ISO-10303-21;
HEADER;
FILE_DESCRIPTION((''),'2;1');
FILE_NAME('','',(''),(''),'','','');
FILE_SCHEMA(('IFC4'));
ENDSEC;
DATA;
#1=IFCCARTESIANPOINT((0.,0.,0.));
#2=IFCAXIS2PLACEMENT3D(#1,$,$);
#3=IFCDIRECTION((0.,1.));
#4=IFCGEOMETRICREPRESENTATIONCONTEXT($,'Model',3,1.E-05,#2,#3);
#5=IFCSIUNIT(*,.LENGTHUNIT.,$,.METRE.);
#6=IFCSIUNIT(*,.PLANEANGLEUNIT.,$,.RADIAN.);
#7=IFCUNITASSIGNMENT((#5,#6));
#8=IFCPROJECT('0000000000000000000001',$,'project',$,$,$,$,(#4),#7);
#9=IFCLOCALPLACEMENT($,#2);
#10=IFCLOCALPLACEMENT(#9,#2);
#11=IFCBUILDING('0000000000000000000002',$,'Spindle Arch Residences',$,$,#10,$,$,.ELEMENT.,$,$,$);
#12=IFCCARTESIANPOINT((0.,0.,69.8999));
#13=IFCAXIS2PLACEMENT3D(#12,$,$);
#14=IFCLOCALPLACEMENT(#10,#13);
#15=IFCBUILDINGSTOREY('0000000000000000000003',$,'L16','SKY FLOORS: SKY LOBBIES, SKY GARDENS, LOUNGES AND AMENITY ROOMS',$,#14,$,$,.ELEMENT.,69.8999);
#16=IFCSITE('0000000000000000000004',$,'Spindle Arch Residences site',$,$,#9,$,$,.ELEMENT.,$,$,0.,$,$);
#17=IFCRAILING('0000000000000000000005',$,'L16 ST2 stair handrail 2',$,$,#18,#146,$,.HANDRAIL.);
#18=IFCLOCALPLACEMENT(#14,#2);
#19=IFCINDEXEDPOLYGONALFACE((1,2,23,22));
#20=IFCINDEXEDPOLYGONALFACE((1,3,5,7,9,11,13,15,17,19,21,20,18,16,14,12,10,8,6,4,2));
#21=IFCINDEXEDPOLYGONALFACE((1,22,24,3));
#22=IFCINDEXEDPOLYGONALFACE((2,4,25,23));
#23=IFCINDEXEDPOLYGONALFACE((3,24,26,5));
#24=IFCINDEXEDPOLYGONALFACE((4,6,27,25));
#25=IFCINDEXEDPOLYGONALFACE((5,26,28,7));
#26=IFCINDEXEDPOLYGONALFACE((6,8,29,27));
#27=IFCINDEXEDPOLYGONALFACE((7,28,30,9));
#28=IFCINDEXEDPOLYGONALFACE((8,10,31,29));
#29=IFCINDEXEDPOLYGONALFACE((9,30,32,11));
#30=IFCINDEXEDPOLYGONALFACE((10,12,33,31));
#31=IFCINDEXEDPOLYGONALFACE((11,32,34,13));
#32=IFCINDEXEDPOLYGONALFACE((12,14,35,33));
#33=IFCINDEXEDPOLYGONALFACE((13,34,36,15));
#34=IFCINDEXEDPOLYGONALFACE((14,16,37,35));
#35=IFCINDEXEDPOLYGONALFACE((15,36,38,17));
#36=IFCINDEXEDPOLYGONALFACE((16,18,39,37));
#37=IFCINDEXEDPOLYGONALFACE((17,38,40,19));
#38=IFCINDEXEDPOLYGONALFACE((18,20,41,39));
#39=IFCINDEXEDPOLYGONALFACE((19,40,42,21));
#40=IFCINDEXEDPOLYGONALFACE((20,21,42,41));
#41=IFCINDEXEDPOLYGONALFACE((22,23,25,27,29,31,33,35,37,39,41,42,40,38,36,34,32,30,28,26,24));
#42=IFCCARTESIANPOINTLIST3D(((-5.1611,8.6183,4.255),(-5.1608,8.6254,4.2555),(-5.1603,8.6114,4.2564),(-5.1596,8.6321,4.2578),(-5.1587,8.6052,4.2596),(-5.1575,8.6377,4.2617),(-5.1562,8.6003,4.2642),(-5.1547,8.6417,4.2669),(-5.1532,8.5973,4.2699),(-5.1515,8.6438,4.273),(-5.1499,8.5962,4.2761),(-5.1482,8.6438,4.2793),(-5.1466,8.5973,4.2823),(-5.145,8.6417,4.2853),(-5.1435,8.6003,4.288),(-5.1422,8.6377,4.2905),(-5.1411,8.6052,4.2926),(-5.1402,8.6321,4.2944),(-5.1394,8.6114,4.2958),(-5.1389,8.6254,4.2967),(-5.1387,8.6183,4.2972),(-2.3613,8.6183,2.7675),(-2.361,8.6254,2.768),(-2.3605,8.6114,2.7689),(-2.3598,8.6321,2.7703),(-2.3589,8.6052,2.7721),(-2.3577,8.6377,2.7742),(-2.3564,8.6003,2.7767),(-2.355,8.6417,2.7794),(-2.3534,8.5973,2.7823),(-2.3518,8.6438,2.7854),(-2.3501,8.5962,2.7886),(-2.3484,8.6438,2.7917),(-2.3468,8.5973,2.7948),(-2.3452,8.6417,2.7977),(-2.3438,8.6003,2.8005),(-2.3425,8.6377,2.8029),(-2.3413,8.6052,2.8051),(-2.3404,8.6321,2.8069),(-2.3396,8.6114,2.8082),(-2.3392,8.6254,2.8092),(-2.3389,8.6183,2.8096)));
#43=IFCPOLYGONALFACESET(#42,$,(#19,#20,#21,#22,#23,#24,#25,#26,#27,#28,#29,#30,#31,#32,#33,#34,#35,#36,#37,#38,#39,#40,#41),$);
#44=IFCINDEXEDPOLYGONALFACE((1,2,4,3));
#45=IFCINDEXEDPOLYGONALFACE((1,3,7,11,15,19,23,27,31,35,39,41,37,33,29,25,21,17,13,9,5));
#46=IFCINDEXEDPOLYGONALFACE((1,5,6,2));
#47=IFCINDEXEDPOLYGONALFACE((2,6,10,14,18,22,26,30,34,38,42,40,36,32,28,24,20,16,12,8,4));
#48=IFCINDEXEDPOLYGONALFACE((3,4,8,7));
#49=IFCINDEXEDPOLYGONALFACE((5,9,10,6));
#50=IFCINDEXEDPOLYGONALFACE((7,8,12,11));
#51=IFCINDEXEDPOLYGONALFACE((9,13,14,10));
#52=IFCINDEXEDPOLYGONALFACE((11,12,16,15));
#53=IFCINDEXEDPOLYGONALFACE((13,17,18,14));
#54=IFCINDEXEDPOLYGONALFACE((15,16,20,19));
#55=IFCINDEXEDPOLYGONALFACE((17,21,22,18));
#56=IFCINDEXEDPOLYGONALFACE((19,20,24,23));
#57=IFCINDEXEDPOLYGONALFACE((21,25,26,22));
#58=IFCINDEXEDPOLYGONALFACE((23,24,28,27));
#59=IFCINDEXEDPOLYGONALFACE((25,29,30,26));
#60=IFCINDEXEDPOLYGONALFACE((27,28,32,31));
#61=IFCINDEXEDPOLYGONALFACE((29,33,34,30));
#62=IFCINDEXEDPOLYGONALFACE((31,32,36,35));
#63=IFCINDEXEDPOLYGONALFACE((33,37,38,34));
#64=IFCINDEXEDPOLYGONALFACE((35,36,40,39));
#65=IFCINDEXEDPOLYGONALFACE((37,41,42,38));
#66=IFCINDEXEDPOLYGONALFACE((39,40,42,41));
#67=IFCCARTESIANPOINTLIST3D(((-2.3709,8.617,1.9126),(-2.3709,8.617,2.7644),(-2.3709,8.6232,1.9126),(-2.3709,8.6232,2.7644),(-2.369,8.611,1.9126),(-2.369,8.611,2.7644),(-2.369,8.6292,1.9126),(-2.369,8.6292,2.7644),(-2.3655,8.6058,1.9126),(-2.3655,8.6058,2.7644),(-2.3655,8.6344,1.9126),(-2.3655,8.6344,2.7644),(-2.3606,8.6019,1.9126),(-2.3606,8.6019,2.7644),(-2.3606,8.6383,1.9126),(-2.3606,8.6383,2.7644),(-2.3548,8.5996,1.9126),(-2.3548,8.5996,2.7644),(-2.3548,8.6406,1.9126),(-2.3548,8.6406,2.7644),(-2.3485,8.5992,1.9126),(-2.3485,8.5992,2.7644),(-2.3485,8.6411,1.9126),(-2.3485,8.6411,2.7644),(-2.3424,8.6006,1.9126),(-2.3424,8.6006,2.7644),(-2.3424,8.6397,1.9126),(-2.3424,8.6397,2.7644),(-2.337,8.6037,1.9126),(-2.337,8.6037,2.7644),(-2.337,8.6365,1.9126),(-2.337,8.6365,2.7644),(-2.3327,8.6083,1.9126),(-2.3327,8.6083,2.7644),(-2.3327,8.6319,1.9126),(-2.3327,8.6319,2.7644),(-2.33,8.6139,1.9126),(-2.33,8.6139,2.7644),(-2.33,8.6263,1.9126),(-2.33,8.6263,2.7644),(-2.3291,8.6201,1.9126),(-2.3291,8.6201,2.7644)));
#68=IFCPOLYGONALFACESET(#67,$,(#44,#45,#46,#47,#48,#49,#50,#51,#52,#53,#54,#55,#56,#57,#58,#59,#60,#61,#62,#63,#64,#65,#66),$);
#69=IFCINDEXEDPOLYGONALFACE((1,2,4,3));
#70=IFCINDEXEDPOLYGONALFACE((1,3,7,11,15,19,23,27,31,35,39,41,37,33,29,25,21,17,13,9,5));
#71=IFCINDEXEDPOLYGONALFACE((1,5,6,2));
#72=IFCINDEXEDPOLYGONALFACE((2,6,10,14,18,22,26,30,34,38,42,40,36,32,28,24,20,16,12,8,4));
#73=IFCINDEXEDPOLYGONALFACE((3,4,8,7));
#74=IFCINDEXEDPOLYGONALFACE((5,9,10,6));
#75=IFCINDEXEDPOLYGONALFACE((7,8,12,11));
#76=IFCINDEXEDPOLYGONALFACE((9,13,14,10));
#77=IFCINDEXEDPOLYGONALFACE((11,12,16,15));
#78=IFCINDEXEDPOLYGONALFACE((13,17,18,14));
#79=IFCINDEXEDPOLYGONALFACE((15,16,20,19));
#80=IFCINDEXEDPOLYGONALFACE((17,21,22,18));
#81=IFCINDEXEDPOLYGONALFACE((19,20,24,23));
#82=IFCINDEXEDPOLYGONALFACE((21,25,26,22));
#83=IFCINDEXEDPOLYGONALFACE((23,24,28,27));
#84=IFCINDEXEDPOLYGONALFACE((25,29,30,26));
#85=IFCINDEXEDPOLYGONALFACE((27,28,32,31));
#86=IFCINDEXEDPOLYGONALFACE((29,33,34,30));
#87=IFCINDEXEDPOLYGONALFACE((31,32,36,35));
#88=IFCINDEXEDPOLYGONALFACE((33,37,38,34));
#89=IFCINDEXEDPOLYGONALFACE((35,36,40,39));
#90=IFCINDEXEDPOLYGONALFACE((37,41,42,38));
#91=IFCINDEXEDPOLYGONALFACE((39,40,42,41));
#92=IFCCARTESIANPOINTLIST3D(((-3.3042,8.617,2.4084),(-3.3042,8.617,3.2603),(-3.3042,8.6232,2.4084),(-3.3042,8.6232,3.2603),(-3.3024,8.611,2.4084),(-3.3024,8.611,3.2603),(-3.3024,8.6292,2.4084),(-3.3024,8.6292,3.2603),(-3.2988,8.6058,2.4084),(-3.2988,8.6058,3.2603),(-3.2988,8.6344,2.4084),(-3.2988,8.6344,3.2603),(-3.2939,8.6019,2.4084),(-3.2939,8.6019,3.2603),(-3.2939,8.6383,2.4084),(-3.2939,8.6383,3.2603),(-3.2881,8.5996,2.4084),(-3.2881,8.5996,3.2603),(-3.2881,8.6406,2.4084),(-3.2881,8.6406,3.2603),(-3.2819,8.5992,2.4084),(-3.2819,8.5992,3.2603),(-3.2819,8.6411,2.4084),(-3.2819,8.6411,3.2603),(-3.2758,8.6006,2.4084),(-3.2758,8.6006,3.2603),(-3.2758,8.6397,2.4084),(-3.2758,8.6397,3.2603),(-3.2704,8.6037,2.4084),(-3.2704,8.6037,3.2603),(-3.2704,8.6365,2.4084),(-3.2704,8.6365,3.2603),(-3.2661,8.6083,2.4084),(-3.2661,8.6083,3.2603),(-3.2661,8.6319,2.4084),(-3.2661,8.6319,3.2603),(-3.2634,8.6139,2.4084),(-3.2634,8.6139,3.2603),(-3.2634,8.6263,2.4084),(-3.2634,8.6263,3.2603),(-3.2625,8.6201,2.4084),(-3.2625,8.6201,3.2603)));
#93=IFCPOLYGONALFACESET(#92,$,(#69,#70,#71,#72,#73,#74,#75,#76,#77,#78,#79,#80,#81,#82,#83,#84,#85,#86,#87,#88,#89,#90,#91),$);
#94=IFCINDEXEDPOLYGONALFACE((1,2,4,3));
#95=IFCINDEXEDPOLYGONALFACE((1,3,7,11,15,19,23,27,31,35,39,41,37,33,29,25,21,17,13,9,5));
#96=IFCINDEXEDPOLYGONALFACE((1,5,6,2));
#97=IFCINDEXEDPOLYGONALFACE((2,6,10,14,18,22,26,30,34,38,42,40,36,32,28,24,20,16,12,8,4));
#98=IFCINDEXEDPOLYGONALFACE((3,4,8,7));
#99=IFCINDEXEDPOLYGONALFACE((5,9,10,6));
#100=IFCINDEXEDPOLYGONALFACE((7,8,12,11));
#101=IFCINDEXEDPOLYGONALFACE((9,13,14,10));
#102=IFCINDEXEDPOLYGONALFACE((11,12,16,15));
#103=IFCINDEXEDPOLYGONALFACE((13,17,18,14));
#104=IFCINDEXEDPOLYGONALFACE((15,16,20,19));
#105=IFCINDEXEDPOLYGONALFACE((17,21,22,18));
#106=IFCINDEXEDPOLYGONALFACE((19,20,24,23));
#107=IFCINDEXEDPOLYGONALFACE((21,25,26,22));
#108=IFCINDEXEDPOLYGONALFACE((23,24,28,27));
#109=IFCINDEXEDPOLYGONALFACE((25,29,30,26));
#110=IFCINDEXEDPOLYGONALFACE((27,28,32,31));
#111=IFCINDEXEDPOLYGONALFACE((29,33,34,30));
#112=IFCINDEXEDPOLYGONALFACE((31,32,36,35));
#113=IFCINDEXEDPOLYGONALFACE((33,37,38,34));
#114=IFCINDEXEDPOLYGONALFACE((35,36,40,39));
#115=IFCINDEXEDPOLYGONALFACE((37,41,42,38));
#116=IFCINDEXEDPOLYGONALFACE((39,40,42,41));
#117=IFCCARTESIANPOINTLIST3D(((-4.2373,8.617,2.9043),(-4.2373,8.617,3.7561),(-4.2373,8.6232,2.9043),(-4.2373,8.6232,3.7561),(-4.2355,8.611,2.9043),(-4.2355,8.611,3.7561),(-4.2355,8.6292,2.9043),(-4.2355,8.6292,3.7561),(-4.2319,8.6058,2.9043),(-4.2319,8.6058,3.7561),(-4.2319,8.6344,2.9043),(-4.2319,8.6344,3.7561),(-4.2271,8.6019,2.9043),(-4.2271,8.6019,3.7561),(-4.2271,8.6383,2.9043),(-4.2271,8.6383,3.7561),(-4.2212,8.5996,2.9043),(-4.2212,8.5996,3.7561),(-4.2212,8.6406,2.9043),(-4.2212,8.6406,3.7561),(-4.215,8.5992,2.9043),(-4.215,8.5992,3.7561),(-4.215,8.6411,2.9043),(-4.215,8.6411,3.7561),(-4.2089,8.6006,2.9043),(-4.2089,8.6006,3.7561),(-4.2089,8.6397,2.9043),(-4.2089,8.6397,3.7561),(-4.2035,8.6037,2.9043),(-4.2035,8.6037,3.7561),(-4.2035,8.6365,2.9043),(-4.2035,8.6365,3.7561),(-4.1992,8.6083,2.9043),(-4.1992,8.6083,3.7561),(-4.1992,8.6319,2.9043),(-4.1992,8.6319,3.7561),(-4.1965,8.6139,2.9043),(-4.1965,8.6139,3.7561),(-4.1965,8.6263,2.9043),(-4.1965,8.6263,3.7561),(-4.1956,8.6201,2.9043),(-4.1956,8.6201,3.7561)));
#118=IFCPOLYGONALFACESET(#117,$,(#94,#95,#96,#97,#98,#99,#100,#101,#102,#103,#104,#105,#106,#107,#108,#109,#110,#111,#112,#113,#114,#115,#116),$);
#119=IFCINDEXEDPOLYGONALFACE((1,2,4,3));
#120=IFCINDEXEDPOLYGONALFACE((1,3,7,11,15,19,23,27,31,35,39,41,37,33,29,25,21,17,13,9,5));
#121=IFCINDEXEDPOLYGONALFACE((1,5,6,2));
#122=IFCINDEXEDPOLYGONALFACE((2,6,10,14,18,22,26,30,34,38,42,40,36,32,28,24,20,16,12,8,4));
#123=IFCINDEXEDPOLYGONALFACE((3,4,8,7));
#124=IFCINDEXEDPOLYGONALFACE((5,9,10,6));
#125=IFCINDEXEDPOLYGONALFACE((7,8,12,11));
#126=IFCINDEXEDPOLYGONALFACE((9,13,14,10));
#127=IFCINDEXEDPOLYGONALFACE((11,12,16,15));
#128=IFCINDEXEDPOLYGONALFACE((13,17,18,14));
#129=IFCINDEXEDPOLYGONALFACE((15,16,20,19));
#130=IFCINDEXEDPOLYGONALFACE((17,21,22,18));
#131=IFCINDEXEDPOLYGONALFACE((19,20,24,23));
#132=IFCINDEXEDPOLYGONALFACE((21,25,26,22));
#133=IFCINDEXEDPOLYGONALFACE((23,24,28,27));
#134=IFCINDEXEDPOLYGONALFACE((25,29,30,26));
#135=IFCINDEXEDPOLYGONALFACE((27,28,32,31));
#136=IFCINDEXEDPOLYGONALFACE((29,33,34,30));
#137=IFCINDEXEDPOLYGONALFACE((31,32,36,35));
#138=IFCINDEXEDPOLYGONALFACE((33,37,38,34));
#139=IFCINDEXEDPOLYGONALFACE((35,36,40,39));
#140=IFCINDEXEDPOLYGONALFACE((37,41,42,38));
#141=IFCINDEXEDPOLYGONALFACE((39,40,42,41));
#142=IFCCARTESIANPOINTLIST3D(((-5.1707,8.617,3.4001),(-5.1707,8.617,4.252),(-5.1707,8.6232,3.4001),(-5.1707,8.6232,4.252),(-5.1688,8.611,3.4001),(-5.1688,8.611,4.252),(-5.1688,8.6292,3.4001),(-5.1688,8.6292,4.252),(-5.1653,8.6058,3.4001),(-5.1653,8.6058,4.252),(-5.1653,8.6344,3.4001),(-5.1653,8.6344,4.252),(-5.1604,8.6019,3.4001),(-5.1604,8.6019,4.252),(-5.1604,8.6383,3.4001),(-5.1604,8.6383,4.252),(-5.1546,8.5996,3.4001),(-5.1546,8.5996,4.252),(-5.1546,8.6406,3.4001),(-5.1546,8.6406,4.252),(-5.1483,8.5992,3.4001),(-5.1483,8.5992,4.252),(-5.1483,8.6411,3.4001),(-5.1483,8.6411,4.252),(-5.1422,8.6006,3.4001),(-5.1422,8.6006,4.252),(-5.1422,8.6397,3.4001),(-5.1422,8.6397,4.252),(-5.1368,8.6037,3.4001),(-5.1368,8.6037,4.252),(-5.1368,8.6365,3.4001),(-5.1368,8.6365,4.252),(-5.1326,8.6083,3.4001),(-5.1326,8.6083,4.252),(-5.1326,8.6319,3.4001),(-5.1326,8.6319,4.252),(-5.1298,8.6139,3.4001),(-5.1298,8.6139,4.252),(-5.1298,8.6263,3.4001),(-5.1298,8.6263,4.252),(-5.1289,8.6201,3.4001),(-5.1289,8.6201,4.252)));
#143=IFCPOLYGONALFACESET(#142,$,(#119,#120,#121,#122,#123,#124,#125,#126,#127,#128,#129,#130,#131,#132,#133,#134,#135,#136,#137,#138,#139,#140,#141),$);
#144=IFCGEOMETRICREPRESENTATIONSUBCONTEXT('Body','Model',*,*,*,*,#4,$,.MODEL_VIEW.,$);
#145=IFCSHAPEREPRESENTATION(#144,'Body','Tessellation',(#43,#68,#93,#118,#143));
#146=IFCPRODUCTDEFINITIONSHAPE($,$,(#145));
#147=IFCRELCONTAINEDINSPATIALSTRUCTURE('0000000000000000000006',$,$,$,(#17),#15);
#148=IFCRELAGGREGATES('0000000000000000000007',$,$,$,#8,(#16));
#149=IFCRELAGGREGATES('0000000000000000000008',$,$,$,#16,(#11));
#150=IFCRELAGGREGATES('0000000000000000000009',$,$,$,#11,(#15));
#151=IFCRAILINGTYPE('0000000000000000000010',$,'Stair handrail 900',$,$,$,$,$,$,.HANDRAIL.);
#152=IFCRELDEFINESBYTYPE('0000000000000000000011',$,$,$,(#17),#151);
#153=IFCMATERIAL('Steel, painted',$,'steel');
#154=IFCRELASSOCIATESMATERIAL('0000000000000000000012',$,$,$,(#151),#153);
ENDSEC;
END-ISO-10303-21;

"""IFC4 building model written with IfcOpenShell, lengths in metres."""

from ifc_helpers import new_model, si_unit, direction, frame, origin, origin_2d, place, context, subcontext, project, spatial, circle, extrude, material, type_object, element, save


model = new_model("IFC4")

# Units and contexts
model_context = context("Model", 3, precision=1e-05, world=origin(), true_north=direction((0.0, 1.0)))
body_context = subcontext(model_context, "Body", "Model", "MODEL_VIEW")
ifc_project = project(units=[si_unit("LENGTHUNIT", "METRE"), si_unit("PLANEANGLEUNIT", "RADIAN")], contexts=[model_context])

# Site, building, storey
site_placement = place(None, origin())
site = spatial("IfcSite", under=ifc_project, at=site_placement, Name="Spindle Arch Residences site", CompositionType="ELEMENT", RefElevation=0.0)
building_placement = place(site_placement, origin())
building = spatial("IfcBuilding", under=site, at=building_placement, Name="Spindle Arch Residences", CompositionType="ELEMENT")
storey_placement = place(building_placement, frame((0.0, 0.0, 69.8999)))
storey = spatial("IfcBuildingStorey", under=building, at=storey_placement, Name="L16", Description="SKY FLOORS: SKY LOBBIES, SKY GARDENS, LOUNGES AND AMENITY ROOMS", CompositionType="ELEMENT", Elevation=69.8999)

# Railing
ifc_material_1 = material(Name="Steel, painted", Category="steel")
railing_type_1 = type_object("IfcRailingType", Name="Stair handrail 900", PredefinedType="HANDRAIL", material=ifc_material_1)
for number, where, name in (
    (1, (-2.3501, 8.6201, 1.9126), "L16 ST2 stair handrail 2"),
):
    element("IfcRailing", number, at=place(storey_placement, frame(where)), inside=storey, type_object=railing_type_1, Name=name, PredefinedType="HANDRAIL", context=body_context, shape_type="SweptSolid", body=[
        extrude(circle(Radius=0.0239, at=origin_2d()), frame((0.0, 0.0, 0.876), z_axis=(-0.883096, 0.0, 0.469193), x_axis=(0.0, -1.0, 0.0)), (0.0, 0.0, 1.0), 3.1704),
        extrude(circle(Radius=0.021, at=origin_2d()), origin(), (0.0, 0.0, 1.0), 0.8518),
        extrude(circle(Radius=0.021, at=origin_2d()), frame((-0.9333, 0.0, 0.4958)), (0.0, 0.0, 1.0), 0.8518),
        extrude(circle(Radius=0.021, at=origin_2d()), frame((-1.8665, 0.0, 0.9917)), (0.0, 0.0, 1.0), 0.8518),
        extrude(circle(Radius=0.021, at=origin_2d()), frame((-2.7998, 0.0, 1.4875)), (0.0, 0.0, 1.0), 0.8518),
    ])

save(model, "model.ifc")
